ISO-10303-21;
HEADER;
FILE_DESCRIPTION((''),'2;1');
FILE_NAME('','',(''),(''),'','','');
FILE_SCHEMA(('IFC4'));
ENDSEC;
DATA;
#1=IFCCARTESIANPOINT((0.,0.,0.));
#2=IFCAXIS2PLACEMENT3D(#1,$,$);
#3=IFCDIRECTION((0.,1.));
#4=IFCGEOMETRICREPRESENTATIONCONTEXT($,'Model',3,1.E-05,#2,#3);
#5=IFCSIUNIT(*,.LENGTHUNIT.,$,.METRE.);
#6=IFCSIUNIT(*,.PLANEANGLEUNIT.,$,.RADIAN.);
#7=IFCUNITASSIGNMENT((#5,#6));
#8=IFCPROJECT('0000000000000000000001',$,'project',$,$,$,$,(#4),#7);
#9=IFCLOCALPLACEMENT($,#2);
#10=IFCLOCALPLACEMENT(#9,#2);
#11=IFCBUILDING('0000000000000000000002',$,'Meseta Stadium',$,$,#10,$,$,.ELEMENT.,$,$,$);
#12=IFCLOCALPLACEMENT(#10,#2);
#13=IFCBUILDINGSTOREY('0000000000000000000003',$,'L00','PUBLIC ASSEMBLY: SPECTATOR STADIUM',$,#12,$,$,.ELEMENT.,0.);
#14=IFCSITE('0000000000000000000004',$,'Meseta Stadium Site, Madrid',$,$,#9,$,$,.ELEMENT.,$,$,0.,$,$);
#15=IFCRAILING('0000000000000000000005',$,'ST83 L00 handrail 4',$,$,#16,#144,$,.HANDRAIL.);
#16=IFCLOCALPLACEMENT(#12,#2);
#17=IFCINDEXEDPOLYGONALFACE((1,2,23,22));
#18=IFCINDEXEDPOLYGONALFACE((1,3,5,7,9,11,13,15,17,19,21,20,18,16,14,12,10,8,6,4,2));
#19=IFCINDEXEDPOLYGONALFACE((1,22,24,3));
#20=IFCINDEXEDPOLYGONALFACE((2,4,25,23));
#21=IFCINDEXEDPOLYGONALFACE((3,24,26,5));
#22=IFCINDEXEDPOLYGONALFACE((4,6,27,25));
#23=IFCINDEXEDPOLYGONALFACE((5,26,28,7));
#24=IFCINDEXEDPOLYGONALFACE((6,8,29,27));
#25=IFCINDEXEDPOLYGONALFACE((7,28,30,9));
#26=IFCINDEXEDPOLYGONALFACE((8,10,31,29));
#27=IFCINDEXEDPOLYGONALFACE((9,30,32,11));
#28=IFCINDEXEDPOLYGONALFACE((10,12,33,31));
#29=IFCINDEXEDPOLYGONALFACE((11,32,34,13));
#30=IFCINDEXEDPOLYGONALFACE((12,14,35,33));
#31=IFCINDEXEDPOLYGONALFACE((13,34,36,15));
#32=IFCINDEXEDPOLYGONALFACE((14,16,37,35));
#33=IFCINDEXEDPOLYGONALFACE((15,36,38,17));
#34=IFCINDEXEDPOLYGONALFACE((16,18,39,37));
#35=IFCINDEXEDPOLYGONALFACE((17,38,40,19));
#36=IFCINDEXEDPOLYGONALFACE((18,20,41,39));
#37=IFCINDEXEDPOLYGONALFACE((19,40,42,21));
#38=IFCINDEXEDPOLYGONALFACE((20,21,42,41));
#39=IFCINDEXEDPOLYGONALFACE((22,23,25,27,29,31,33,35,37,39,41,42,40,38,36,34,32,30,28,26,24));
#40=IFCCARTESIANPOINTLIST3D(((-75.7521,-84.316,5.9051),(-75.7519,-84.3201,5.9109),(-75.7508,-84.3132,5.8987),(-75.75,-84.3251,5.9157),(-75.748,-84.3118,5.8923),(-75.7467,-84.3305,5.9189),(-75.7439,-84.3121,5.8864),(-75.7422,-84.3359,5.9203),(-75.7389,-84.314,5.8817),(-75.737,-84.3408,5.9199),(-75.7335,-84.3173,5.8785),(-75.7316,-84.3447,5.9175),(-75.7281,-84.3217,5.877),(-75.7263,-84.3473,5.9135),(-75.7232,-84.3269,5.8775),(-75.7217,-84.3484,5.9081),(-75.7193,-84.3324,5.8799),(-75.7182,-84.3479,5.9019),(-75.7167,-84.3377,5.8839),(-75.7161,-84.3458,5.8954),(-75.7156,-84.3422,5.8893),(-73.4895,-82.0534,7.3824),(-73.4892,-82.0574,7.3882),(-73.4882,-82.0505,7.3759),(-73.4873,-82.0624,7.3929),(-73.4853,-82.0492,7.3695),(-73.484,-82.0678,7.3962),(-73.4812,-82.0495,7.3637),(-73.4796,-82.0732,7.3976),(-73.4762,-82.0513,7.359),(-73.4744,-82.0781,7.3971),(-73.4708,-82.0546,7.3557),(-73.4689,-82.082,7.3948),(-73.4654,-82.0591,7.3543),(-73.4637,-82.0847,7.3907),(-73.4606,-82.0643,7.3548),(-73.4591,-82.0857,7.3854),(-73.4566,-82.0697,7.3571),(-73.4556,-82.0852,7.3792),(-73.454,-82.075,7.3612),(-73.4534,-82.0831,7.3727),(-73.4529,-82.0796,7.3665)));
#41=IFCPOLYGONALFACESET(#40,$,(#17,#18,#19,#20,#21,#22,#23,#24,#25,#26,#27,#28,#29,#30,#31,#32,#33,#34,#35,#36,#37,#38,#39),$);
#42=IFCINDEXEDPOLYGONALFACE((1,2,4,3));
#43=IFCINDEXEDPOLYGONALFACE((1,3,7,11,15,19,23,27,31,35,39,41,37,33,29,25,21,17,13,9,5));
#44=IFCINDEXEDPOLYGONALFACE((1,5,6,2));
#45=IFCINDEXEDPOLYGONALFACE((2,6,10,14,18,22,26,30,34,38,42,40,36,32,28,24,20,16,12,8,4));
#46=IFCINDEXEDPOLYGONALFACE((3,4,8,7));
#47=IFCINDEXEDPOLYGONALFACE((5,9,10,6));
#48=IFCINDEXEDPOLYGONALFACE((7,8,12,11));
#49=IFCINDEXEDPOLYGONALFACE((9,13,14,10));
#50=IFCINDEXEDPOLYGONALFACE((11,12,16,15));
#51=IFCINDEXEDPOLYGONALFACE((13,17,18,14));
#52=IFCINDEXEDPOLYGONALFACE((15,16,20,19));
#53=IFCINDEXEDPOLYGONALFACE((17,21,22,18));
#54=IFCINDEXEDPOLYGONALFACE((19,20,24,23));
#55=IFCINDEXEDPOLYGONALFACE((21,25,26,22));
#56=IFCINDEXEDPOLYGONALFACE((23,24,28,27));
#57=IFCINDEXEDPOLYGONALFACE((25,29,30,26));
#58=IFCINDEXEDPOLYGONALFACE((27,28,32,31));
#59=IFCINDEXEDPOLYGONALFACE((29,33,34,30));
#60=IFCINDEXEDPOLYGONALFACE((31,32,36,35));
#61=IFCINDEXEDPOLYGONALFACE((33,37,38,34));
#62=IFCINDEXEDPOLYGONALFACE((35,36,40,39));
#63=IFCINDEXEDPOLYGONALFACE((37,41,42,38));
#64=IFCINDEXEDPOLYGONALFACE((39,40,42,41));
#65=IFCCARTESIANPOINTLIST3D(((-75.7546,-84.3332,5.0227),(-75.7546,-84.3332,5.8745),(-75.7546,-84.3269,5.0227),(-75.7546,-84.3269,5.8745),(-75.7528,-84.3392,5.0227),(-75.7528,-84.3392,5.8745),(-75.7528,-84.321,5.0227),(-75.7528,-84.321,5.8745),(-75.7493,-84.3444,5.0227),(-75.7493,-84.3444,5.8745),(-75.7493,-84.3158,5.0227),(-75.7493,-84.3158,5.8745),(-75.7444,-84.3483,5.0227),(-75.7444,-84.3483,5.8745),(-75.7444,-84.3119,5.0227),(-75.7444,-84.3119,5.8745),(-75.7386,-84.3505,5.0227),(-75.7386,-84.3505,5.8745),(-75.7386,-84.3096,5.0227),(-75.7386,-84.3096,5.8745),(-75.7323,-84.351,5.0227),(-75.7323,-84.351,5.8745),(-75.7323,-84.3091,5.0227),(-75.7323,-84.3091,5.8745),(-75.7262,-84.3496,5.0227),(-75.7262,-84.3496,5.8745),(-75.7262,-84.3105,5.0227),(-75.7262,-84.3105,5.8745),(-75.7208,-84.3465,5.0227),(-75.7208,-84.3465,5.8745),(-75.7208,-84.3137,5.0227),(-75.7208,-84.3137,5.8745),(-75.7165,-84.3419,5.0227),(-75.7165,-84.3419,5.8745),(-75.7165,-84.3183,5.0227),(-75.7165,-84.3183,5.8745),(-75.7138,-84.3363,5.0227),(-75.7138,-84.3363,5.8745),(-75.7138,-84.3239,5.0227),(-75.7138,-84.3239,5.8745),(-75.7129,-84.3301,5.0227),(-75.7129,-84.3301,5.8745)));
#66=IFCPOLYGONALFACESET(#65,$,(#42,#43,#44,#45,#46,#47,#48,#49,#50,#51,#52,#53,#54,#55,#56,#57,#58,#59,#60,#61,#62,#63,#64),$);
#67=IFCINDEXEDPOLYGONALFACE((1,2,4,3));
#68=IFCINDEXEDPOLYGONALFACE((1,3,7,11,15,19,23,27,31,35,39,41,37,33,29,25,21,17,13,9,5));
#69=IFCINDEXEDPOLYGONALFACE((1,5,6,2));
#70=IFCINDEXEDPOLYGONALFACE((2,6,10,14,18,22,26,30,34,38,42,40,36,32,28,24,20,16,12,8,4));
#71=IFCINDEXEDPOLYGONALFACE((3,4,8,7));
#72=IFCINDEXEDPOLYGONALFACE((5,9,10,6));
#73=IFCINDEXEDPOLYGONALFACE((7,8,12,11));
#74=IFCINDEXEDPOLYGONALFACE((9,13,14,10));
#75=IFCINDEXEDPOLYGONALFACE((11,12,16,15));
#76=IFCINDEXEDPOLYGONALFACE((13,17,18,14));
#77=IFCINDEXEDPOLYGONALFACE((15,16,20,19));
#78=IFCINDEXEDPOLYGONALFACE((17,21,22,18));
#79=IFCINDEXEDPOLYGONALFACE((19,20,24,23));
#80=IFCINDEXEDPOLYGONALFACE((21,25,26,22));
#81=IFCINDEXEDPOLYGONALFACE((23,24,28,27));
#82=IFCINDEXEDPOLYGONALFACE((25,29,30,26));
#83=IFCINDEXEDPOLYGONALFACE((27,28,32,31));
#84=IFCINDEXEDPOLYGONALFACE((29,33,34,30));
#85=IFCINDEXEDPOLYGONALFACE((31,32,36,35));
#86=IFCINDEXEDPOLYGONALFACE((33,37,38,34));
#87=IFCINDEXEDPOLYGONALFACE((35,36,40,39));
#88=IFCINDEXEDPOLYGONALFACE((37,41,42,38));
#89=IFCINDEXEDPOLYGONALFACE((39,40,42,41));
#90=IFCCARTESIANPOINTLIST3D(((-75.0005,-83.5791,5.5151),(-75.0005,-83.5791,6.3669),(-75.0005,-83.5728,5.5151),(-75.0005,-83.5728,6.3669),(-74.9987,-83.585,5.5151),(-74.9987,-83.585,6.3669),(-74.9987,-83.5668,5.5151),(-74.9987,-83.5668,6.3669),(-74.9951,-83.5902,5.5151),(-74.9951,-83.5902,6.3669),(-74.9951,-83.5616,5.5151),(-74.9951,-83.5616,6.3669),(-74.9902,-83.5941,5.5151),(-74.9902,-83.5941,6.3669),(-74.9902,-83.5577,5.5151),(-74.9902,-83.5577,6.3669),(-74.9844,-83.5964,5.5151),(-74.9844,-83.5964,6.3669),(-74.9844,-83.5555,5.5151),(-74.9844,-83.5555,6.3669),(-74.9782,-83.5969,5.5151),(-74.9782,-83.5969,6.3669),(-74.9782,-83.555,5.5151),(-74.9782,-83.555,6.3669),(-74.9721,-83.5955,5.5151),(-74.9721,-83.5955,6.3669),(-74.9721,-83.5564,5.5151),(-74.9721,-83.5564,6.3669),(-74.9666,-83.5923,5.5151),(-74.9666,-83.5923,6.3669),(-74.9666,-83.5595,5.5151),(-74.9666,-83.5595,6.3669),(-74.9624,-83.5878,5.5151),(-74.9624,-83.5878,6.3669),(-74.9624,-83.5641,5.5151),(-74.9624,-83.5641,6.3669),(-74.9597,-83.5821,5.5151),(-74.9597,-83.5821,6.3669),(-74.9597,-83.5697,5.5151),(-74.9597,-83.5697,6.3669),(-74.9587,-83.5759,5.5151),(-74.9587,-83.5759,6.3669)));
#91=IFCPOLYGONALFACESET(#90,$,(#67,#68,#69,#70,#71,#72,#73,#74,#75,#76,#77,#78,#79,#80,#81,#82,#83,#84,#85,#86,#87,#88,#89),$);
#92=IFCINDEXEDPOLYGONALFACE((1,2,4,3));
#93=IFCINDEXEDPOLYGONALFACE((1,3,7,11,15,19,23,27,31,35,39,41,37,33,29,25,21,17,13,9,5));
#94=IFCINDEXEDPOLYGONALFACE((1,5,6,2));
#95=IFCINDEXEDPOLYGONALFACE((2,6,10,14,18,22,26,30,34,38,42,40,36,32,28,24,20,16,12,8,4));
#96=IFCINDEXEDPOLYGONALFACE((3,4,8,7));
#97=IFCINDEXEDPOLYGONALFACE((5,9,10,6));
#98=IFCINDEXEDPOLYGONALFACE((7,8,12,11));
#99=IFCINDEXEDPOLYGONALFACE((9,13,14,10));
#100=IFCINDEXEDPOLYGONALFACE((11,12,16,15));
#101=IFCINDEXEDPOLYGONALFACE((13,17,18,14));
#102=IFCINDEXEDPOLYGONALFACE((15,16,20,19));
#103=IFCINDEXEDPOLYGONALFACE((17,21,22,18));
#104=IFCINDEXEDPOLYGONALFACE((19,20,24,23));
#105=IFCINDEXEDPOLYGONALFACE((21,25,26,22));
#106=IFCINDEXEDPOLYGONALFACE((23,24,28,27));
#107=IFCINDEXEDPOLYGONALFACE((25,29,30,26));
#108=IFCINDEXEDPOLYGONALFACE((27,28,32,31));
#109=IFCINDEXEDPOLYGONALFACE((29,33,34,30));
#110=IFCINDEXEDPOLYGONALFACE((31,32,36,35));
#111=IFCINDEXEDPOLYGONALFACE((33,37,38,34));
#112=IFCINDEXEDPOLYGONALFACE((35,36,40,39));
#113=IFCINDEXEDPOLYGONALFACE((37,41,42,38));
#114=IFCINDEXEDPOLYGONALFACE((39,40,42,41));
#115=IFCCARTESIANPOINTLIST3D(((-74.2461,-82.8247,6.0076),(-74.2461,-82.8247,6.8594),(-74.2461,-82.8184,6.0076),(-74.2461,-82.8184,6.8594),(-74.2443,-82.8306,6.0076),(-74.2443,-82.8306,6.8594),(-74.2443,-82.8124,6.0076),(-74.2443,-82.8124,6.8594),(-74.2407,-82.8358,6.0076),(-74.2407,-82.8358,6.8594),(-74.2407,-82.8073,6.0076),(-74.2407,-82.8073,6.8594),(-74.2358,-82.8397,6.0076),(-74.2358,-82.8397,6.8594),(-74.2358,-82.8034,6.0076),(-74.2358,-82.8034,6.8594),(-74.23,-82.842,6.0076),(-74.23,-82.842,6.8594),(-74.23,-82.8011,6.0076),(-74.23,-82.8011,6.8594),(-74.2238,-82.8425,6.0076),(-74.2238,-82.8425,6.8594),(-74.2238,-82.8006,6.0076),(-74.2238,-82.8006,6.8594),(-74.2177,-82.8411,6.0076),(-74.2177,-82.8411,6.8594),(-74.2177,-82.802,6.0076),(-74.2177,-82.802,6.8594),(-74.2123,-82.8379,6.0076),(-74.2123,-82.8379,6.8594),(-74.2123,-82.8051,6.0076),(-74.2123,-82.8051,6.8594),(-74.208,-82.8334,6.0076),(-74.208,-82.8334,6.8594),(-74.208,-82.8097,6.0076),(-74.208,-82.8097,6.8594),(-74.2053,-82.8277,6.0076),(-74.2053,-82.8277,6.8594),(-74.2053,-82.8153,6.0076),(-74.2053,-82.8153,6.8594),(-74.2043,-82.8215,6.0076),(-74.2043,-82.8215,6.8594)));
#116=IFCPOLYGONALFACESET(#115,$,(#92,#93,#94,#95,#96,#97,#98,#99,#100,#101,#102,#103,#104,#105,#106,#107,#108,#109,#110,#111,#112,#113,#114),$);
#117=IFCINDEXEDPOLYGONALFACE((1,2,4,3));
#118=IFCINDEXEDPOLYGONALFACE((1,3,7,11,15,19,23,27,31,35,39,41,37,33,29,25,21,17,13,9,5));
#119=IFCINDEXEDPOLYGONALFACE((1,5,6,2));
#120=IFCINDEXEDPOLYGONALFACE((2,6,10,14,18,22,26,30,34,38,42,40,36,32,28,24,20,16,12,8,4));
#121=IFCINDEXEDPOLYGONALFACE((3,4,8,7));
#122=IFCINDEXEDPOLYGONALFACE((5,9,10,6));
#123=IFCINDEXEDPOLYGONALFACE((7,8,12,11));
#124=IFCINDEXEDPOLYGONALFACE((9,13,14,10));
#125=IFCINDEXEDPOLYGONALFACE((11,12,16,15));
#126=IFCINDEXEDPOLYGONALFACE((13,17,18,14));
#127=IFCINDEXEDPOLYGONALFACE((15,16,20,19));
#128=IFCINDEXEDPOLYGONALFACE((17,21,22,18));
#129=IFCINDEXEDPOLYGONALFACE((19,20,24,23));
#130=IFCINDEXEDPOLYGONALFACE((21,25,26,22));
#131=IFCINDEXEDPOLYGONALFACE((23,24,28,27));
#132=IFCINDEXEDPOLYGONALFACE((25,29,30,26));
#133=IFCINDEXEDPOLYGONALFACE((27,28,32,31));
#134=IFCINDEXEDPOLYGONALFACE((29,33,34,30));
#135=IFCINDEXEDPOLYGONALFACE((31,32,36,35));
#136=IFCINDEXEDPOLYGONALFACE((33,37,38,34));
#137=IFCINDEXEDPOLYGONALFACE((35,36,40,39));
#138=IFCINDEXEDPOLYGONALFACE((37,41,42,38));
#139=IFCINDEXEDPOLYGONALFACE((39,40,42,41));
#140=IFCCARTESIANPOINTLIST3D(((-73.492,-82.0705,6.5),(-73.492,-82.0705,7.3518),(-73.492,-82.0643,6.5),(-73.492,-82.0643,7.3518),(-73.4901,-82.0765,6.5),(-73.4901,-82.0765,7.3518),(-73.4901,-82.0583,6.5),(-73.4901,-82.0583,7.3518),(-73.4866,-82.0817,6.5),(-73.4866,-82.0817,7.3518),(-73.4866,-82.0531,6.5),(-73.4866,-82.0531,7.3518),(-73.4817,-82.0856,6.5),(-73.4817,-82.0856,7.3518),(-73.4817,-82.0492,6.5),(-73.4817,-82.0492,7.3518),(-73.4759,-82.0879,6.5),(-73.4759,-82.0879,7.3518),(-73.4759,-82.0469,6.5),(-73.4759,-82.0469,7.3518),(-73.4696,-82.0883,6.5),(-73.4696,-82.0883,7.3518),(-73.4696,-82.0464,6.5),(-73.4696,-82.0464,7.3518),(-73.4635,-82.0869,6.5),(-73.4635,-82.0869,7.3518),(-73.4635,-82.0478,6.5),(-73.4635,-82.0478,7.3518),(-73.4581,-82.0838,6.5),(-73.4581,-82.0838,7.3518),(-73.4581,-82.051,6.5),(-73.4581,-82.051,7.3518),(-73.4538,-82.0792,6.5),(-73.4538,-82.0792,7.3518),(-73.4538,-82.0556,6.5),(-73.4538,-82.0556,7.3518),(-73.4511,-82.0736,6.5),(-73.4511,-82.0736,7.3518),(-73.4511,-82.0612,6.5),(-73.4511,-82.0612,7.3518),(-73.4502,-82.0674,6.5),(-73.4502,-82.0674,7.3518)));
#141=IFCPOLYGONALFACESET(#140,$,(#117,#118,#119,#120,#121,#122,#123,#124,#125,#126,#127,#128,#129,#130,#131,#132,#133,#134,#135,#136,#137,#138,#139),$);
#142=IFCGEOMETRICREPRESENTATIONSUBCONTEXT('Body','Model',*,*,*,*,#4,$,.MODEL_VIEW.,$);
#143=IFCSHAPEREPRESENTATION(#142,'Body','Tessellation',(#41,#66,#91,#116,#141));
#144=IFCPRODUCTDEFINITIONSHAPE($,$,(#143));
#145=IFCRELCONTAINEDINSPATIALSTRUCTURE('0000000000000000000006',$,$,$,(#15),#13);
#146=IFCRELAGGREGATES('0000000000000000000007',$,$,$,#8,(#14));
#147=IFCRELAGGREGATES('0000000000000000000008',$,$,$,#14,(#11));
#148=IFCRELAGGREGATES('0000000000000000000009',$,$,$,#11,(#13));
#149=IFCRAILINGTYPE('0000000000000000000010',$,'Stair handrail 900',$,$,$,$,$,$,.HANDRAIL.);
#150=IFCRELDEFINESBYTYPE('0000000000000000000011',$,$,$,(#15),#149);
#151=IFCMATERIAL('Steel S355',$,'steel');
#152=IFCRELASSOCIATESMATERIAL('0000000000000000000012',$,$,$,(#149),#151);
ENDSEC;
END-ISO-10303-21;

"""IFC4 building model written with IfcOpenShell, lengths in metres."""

from ifc_helpers import new_model, si_unit, direction, frame, origin, origin_2d, place, context, subcontext, project, spatial, circle, extrude, material, type_object, element, save


model = new_model("IFC4")

# Units and contexts
model_context = context("Model", 3, precision=1e-05, world=origin(), true_north=direction((0.0, 1.0)))
body_context = subcontext(model_context, "Body", "Model", "MODEL_VIEW")
ifc_project = project(units=[si_unit("LENGTHUNIT", "METRE"), si_unit("PLANEANGLEUNIT", "RADIAN")], contexts=[model_context])

# Site, building, storey
site_placement = place(None, origin())
site = spatial("IfcSite", under=ifc_project, at=site_placement, Name="Meseta Stadium Site, Madrid", CompositionType="ELEMENT", RefElevation=0.0)
building_placement = place(site_placement, origin())
building = spatial("IfcBuilding", under=site, at=building_placement, Name="Meseta Stadium", CompositionType="ELEMENT")
storey_placement = place(building_placement, origin())
storey = spatial("IfcBuildingStorey", under=building, at=storey_placement, Name="L00", Description="PUBLIC ASSEMBLY: SPECTATOR STADIUM", CompositionType="ELEMENT", Elevation=0.0)

# Railing
ifc_material_1 = material(Name="Steel S355", Category="steel")
railing_type_1 = type_object("IfcRailingType", Name="Stair handrail 900", PredefinedType="HANDRAIL", material=ifc_material_1)
for number, where, name in (
    (1, (-75.7339, -84.3301, 5.0227), "ST83 L00 handrail 4"),
):
    element("IfcRailing", number, at=place(storey_placement, frame(where)), inside=storey, type_object=railing_type_1, Name=name, PredefinedType="HANDRAIL", context=body_context, shape_type="SweptSolid", body=[
        extrude(circle(Radius=0.0239, at=origin_2d()), frame((0.0, 0.0, 0.876), z_axis=(0.641994, 0.641994, 0.419152), x_axis=(-0.707107, 0.707107, 0.0)), (0.0, 0.0, 1.0), 3.5244),
        extrude(circle(Radius=0.021, at=origin_2d()), origin(), (0.0, 0.0, 1.0), 0.8518),
        extrude(circle(Radius=0.021, at=origin_2d()), frame((0.7542, 0.7542, 0.4924)), (0.0, 0.0, 1.0), 0.8518),
        extrude(circle(Radius=0.021, at=origin_2d()), frame((1.5085, 1.5085, 0.9849)), (0.0, 0.0, 1.0), 0.8518),
        extrude(circle(Radius=0.021, at=origin_2d()), frame((2.2627, 2.2627, 1.4773)), (0.0, 0.0, 1.0), 0.8518),
    ])

save(model, "model.ifc")
